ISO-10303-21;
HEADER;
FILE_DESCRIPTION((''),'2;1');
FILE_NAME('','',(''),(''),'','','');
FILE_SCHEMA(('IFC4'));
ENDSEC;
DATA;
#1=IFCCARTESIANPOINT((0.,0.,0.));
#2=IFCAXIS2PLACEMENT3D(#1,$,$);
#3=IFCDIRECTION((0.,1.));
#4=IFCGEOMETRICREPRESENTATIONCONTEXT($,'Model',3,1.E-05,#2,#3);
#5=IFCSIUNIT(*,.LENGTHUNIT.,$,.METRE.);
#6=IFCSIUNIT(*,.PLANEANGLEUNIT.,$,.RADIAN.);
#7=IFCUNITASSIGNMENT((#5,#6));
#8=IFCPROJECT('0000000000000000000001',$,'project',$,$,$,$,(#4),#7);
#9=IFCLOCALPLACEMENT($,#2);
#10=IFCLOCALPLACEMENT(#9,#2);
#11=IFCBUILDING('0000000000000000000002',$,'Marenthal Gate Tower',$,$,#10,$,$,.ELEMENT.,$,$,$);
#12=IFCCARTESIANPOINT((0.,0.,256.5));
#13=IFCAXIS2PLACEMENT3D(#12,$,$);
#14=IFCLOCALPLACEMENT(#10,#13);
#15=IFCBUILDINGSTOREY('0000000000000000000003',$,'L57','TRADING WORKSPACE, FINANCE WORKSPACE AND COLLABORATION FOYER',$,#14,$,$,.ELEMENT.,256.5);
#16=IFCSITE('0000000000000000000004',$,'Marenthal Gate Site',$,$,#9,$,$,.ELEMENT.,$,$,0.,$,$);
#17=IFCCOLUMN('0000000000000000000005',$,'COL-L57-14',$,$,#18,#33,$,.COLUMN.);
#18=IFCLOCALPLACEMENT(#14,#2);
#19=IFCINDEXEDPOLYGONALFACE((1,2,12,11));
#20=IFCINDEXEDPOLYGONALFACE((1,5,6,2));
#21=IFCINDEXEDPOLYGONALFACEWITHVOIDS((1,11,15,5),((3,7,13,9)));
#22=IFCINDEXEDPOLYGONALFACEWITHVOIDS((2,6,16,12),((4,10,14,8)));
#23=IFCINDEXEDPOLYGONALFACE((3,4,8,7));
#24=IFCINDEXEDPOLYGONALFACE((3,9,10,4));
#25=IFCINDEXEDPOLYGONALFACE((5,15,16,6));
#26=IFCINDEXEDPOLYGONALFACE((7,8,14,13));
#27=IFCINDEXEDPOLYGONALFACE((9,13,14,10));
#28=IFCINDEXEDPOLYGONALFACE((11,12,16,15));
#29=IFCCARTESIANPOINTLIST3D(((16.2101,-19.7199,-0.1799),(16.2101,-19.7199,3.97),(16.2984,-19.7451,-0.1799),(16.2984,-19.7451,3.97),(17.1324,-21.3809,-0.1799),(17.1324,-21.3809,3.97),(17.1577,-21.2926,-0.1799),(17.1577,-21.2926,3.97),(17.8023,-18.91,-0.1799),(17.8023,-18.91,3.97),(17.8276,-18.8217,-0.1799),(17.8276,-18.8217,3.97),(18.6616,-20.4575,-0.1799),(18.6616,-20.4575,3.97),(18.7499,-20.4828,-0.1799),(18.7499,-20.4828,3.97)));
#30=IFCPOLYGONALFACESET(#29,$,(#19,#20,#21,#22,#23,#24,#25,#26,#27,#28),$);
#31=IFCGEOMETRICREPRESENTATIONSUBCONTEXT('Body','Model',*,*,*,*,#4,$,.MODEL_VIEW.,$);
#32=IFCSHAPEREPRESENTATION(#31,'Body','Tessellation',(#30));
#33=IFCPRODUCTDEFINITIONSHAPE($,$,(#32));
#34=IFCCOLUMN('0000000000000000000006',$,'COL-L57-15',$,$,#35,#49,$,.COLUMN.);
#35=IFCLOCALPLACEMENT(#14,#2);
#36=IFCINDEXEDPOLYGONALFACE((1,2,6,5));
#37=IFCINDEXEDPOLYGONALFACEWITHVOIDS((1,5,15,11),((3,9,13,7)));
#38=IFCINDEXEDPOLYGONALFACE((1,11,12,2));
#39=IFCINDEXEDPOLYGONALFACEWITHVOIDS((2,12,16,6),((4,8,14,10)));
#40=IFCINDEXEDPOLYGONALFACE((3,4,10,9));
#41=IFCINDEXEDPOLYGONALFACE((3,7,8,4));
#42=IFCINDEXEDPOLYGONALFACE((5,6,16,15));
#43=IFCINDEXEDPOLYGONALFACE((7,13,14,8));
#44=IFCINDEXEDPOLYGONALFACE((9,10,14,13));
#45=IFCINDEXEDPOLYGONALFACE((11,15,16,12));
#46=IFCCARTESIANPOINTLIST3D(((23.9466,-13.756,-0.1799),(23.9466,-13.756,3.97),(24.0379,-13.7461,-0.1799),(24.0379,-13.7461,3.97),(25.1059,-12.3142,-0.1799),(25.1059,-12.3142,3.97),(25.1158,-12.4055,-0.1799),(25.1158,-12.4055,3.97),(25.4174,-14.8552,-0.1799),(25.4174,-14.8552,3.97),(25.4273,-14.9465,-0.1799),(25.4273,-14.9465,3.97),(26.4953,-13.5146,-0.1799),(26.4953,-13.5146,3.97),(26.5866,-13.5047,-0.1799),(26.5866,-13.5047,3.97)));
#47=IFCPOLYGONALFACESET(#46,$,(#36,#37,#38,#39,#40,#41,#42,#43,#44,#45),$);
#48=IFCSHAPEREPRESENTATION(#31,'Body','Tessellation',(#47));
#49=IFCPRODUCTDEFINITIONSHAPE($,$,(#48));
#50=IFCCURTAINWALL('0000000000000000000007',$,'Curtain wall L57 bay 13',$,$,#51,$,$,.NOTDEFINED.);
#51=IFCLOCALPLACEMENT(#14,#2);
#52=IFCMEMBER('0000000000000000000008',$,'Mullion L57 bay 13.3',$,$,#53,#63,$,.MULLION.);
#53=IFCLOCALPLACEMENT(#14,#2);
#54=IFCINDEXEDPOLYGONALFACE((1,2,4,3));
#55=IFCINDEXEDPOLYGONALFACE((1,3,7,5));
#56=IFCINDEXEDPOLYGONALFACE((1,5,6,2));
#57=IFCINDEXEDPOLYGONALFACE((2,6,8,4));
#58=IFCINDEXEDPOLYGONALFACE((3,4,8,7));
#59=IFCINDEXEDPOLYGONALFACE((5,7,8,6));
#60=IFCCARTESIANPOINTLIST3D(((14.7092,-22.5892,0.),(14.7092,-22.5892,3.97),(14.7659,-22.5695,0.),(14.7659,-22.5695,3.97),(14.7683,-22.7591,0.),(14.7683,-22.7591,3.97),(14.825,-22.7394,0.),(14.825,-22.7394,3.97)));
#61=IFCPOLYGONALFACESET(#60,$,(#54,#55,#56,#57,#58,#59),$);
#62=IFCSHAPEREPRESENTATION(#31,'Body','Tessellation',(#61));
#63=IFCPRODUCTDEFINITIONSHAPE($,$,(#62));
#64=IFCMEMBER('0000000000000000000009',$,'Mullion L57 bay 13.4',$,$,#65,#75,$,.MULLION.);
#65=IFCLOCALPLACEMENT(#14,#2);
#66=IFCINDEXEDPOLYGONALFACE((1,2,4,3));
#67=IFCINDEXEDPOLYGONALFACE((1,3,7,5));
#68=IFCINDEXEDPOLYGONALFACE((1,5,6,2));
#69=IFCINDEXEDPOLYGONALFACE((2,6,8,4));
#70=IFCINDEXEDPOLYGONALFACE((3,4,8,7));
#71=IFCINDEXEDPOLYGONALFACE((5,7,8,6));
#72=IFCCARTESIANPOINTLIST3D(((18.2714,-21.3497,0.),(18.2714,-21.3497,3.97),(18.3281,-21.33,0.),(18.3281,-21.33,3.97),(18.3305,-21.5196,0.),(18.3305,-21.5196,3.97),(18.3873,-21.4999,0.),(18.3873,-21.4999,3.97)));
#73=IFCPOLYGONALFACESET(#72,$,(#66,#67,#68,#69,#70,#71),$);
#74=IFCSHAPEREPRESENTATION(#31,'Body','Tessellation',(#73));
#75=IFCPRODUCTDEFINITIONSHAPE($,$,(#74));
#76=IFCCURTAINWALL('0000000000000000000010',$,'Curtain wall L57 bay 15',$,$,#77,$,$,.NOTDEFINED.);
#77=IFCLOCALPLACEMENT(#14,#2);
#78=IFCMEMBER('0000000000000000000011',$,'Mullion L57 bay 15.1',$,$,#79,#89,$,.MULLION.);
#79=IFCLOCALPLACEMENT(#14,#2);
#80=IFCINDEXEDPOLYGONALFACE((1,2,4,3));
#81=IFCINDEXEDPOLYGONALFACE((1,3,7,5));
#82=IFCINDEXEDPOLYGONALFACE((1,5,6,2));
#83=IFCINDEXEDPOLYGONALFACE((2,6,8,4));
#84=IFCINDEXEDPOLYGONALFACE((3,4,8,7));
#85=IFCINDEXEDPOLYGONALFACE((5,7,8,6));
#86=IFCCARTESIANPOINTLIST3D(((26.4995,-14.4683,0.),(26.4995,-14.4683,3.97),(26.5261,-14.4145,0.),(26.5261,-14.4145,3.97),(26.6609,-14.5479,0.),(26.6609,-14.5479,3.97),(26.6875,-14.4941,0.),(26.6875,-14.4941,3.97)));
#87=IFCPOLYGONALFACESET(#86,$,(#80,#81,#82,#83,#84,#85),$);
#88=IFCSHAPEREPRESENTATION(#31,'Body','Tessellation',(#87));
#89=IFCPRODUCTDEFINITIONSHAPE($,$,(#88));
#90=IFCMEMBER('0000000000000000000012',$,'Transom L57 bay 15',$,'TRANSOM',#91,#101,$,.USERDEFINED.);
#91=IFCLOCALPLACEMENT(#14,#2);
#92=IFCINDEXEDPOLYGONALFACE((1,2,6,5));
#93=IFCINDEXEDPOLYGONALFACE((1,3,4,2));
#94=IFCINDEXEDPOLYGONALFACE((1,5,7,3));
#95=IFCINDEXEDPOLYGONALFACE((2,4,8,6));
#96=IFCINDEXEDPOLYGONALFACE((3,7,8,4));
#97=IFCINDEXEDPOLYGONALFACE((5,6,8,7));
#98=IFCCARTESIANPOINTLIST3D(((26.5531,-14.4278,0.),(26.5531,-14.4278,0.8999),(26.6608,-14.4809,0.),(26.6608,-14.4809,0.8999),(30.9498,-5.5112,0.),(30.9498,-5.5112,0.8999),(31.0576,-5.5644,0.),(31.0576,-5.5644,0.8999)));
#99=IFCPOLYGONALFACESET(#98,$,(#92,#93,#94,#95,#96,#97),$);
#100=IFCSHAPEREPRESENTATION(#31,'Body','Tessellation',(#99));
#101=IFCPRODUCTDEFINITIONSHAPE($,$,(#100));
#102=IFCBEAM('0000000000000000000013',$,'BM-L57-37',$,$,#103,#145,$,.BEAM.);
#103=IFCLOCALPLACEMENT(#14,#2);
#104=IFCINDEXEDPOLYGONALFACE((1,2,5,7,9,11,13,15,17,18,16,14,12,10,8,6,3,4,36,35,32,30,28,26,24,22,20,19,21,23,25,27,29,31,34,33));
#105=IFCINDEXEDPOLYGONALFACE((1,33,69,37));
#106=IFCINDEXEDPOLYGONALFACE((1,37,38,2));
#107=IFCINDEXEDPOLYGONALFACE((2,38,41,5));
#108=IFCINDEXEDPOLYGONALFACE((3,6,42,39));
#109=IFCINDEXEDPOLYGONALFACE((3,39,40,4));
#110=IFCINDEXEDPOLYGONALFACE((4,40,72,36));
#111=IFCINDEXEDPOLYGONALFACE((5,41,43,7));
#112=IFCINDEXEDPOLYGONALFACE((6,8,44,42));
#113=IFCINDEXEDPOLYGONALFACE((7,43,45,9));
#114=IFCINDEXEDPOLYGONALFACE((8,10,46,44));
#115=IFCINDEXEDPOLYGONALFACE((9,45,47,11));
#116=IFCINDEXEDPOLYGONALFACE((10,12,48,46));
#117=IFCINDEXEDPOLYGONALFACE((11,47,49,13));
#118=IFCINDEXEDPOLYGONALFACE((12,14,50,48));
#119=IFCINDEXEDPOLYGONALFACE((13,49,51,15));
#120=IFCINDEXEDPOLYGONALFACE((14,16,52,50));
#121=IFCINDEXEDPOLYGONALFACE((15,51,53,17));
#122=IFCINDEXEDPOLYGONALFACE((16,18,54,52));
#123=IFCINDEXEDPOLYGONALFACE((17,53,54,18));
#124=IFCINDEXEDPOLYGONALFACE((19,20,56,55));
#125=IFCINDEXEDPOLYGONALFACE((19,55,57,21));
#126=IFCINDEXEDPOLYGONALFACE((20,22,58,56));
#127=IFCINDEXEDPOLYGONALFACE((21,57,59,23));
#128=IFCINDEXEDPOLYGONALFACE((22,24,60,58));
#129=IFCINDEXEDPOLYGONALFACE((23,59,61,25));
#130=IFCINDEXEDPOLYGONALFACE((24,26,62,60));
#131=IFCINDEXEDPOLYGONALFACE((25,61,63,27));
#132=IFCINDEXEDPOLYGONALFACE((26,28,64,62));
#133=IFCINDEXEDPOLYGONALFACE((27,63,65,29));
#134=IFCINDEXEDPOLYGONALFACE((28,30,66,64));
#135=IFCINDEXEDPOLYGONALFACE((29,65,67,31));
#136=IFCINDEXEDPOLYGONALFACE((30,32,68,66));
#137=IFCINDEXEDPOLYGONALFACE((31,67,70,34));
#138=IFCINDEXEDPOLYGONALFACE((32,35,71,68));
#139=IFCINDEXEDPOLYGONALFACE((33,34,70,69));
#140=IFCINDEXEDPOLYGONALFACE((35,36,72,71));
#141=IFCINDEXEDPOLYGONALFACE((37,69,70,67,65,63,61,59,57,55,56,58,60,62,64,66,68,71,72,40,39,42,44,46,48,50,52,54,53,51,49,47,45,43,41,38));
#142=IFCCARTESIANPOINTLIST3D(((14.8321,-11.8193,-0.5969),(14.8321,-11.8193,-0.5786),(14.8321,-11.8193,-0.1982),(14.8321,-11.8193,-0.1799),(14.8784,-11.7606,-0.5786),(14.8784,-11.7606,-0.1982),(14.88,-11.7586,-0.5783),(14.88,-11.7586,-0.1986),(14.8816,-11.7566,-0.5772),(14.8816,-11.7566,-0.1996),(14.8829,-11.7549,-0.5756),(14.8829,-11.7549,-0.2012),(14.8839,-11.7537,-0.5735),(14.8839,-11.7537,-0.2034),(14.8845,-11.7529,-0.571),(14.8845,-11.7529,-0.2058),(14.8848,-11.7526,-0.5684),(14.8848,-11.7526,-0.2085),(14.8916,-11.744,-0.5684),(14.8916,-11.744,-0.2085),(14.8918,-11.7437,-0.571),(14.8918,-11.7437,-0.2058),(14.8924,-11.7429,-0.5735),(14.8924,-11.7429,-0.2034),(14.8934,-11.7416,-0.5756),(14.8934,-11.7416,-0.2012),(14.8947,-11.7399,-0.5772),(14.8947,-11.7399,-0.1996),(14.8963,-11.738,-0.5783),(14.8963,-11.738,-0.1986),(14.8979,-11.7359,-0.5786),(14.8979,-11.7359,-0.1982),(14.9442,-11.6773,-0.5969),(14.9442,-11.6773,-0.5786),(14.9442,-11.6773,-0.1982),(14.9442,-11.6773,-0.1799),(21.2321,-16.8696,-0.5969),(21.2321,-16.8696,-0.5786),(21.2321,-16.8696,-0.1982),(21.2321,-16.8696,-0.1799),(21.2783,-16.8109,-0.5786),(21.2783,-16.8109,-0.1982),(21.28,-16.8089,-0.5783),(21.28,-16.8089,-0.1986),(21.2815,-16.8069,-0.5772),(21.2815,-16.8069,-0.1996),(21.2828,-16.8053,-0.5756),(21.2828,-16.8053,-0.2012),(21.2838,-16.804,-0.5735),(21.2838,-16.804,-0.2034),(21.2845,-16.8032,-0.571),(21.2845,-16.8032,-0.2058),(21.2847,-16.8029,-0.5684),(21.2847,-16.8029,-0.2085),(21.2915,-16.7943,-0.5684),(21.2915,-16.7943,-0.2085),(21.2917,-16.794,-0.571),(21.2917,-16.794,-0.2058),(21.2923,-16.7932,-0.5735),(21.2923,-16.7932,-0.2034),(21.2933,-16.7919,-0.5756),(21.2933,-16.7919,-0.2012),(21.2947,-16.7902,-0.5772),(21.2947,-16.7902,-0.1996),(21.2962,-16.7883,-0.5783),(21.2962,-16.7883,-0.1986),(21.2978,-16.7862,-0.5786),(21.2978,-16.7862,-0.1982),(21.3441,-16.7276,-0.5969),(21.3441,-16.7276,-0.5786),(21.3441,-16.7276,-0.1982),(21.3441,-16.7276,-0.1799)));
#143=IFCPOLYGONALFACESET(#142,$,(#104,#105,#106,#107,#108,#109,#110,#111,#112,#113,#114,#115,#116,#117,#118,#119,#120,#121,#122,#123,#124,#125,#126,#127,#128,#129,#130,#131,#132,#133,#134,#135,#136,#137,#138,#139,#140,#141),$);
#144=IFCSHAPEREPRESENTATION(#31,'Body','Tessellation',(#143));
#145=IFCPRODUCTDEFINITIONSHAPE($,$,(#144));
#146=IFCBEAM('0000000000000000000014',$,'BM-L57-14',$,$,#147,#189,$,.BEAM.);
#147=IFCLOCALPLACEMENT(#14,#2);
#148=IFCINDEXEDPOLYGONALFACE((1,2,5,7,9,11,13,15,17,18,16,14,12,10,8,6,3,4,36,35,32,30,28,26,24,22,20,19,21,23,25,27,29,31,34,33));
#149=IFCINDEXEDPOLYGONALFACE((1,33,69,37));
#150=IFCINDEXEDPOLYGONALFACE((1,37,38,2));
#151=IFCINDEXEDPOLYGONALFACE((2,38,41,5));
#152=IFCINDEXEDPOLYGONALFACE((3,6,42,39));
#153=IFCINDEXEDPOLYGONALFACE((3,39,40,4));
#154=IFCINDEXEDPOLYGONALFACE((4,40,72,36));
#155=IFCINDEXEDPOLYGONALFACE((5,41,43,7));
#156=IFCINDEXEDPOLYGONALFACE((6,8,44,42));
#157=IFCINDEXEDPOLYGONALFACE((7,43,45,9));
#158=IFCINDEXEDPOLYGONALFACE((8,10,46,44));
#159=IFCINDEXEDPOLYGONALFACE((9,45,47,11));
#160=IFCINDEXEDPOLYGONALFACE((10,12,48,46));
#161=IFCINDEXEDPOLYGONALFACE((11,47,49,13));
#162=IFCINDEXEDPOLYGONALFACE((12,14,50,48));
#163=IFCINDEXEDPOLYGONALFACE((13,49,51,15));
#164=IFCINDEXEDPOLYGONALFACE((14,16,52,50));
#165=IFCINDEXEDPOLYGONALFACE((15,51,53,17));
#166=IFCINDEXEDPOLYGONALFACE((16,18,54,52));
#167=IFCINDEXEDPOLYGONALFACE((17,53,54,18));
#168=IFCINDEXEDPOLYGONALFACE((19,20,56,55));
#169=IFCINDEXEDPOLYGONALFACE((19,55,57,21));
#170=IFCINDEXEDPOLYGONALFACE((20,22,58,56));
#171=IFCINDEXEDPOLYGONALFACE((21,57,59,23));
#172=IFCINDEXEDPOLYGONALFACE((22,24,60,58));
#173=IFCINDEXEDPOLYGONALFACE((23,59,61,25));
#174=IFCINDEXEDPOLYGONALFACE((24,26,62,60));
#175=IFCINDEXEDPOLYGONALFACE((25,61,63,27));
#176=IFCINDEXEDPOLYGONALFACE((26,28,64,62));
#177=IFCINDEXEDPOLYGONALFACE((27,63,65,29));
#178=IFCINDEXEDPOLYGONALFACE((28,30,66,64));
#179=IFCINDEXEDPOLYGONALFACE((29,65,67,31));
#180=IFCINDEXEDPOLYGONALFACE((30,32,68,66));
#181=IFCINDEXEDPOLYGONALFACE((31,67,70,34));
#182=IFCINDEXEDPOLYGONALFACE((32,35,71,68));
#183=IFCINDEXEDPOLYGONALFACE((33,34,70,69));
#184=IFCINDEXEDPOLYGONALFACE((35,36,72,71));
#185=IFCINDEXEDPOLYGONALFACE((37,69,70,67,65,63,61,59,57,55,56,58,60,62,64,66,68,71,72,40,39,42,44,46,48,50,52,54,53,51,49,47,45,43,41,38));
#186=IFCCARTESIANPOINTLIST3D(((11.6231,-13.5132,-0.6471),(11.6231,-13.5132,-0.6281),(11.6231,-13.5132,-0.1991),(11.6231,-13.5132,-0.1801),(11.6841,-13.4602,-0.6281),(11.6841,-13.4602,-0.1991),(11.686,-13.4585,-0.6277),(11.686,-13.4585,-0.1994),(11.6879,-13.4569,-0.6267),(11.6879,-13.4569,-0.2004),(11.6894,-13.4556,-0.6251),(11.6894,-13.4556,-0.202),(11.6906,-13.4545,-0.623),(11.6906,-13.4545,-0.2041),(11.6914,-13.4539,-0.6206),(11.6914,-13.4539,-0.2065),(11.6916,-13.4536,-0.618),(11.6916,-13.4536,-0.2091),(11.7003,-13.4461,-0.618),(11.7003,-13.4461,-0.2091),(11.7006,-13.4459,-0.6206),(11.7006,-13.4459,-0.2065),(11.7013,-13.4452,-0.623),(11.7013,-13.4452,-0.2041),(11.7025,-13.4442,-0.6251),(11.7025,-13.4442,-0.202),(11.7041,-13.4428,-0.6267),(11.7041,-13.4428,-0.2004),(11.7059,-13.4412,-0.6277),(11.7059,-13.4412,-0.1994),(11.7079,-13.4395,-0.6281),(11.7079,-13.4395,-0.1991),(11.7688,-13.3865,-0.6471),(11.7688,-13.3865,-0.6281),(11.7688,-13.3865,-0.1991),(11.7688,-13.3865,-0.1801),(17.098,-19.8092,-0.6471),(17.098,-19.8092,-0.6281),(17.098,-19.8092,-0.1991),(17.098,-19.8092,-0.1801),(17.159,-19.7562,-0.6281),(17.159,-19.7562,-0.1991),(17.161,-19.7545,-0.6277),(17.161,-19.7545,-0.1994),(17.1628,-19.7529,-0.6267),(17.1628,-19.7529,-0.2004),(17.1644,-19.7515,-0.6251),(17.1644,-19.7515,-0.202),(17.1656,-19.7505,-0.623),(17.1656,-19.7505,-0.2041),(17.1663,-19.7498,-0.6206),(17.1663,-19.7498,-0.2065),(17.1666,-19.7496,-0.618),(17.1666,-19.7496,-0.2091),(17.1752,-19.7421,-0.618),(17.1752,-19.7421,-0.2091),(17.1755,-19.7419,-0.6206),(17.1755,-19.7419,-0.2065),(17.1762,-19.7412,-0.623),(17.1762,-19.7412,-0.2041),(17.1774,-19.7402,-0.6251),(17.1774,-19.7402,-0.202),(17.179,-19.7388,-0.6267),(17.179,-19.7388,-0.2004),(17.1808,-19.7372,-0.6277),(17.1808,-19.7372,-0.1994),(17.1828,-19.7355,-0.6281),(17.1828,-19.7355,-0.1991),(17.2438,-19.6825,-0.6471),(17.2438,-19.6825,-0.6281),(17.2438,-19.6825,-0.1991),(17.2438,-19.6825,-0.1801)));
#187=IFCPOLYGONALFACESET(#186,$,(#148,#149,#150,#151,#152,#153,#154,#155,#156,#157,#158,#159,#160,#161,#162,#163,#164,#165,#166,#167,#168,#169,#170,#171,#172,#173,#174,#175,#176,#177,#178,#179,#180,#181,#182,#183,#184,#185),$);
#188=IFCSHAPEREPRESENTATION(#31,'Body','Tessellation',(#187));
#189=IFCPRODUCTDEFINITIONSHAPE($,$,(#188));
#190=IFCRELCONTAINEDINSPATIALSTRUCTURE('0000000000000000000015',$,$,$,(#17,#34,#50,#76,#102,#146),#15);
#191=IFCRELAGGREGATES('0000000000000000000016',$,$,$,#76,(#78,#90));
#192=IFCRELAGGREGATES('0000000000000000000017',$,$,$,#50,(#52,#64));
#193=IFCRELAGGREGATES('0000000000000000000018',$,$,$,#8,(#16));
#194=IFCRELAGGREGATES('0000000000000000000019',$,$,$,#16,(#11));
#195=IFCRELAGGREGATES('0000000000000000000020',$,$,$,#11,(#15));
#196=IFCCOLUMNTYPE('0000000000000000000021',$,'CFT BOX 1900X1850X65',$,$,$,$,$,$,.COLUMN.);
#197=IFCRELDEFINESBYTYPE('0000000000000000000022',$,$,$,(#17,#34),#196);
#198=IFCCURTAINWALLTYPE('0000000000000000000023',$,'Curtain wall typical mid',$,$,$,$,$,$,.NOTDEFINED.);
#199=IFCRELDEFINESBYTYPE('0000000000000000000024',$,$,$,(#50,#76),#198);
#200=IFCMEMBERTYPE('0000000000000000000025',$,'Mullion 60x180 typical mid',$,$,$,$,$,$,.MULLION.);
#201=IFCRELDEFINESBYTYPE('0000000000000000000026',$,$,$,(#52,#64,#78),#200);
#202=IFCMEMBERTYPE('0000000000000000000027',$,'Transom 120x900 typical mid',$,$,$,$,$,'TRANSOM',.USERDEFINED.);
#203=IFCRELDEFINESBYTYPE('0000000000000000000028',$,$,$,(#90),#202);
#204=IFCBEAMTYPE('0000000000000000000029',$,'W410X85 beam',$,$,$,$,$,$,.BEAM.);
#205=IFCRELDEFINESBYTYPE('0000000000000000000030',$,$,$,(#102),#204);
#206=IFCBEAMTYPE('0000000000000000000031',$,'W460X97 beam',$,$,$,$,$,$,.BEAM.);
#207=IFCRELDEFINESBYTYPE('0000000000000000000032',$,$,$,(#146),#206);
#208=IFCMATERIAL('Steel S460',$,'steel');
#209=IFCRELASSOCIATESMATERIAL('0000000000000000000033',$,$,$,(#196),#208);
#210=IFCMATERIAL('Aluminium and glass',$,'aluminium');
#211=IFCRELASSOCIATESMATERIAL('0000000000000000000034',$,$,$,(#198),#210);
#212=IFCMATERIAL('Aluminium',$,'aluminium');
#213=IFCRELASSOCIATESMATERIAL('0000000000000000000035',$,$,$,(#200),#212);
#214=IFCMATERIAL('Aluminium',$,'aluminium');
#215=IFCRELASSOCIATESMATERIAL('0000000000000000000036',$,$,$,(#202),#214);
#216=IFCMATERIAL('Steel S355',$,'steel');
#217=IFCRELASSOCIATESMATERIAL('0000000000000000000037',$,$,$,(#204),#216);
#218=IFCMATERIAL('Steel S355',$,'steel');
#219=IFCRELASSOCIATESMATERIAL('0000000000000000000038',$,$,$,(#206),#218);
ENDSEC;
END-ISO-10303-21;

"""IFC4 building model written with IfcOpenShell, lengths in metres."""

from ifc_helpers import new_model, si_unit, direction, frame, origin, origin_2d, place, context, subcontext, project, spatial, rectangle, hollow_rectangle, i_section, extrude, material, material_profile, profile_set, type_object, element, aggregate, save


model = new_model("IFC4")

# Units and contexts
model_context = context("Model", 3, precision=1e-05, world=origin(), true_north=direction((0.0, 1.0)))
body_context = subcontext(model_context, "Body", "Model", "MODEL_VIEW")
ifc_project = project(units=[si_unit("LENGTHUNIT", "METRE"), si_unit("PLANEANGLEUNIT", "RADIAN")], contexts=[model_context])

# Site, building, storey
site_placement = place(None, origin())
site = spatial("IfcSite", under=ifc_project, at=site_placement, Name="Marenthal Gate Site", CompositionType="ELEMENT", RefElevation=0.0)
building_placement = place(site_placement, origin())
building = spatial("IfcBuilding", under=site, at=building_placement, Name="Marenthal Gate Tower", CompositionType="ELEMENT")
storey_placement = place(building_placement, frame((0.0, 0.0, 256.5)))
storey = spatial("IfcBuildingStorey", under=building, at=storey_placement, Name="L57", Description="TRADING WORKSPACE, FINANCE WORKSPACE AND COLLABORATION FOYER", CompositionType="ELEMENT", Elevation=256.5)

# Columns
ifc_material_1 = material(Name="Steel S460", Category="steel")
ifc_material_profile_1 = material_profile(ifc_material_1, hollow_rectangle(XDim=1.8501, YDim=1.8999, WallThickness=0.0649, at=origin_2d()), Name="CFT BOX 1900X1850X65")
ifc_material_2 = material(Name="Concrete 70 MPa", Category="concrete")
ifc_material_profile_2 = material_profile(ifc_material_2, rectangle(XDim=1.72, YDim=1.77, at=origin_2d()), Name="CFT BOX 1900X1850X65 INFILL")
ifc_profile_set_1 = profile_set([ifc_material_profile_1, ifc_material_profile_2], Name="Steel S460 shell, Concrete 70 MPa infill")
column_type = type_object("IfcColumnType", Name="CFT BOX 1900X1850X65", PredefinedType="COLUMN", material=ifc_profile_set_1)
for number, where, z_axis, x_axis, name in (
    (1, (17.48, -20.1013, -0.1799), (0.0, 0.0, 1.0), (-0.874262, -0.485454, 0.0), "COL-L57-14"),
    (2, (25.2666, -13.6304, -0.1799), (0.0, 0.0, 1.0), (-0.626615, -0.779329, 0.0), "COL-L57-15"),
):
    element("IfcColumn", number, at=place(storey_placement, frame(where, z_axis=z_axis, x_axis=x_axis)), inside=storey, type_object=column_type, Name=name, PredefinedType="COLUMN", context=body_context, shape_type="SweptSolid", body=[
        extrude(hollow_rectangle(XDim=1.8501, YDim=1.8999, WallThickness=0.0649, at=origin_2d()), origin(), (0.0, 0.0, 1.0), 4.1499),
    ])

# Curtain walls, members
ifc_material_3 = material(Name="Aluminium and glass", Category="aluminium")
curtain_wall_type = type_object("IfcCurtainWallType", Name="Curtain wall typical mid", PredefinedType="NOTDEFINED", material=ifc_material_3)
curtain_wall_1_placement = place(storey_placement, origin())
curtain_wall_1 = element("IfcCurtainWall", 3, at=curtain_wall_1_placement, inside=storey, type_object=curtain_wall_type, Name="Curtain wall L57 bay 13", PredefinedType="NOTDEFINED")
ifc_material_4 = material(Name="Aluminium", Category="aluminium")
ifc_material_profile_3 = material_profile(ifc_material_4, rectangle(XDim=0.1799, YDim=0.0601, at=origin_2d()), Name="60x180 aluminium mullion")
ifc_profile_set_2 = profile_set([ifc_material_profile_3], Name="Aluminium")
member_type_1 = type_object("IfcMemberType", Name="Mullion 60x180 typical mid", PredefinedType="MULLION", material=ifc_profile_set_2)
member_1_placement = place(storey_placement, frame((14.7671, -22.6643, 0.0), z_axis=(0.0, 0.0, 1.0), x_axis=(-0.328612, 0.944465, 0.0)))
member_1 = element("IfcMember", 4, at=member_1_placement, type_object=member_type_1, Name="Mullion L57 bay 13.3", PredefinedType="MULLION", context=body_context, shape_type="SweptSolid", body=[
    extrude(rectangle(XDim=0.1799, YDim=0.0601, at=origin_2d()), origin(), (0.0, 0.0, 1.0), 3.97),
])
member_2_placement = place(storey_placement, frame((18.3293, -21.4248, 0.0), z_axis=(0.0, 0.0, 1.0), x_axis=(-0.328612, 0.944465, 0.0)))
member_2 = element("IfcMember", 5, at=member_2_placement, type_object=member_type_1, Name="Mullion L57 bay 13.4", PredefinedType="MULLION", context=body_context, shape_type="SweptSolid", body=[
    extrude(rectangle(XDim=0.1799, YDim=0.0601, at=origin_2d()), origin(), (0.0, 0.0, 1.0), 3.97),
])
curtain_wall_2_placement = place(storey_placement, origin())
curtain_wall_2 = element("IfcCurtainWall", 6, at=curtain_wall_2_placement, inside=storey, type_object=curtain_wall_type, Name="Curtain wall L57 bay 15", PredefinedType="NOTDEFINED")
member_3_placement = place(storey_placement, frame((26.5935, -14.4812, 0.0), z_axis=(0.0, 0.0, 1.0), x_axis=(-0.896882, 0.442269, 0.0)))
member_3 = element("IfcMember", 7, at=member_3_placement, type_object=member_type_1, Name="Mullion L57 bay 15.1", PredefinedType="MULLION", context=body_context, shape_type="SweptSolid", body=[
    extrude(rectangle(XDim=0.1799, YDim=0.0601, at=origin_2d()), origin(), (0.0, 0.0, 1.0), 3.97),
])
ifc_material_5 = material(Name="Aluminium", Category="aluminium")
ifc_material_profile_4 = material_profile(ifc_material_5, rectangle(XDim=0.1201, YDim=0.8999, at=origin_2d()), Name="120x900 aluminium transom")
ifc_profile_set_3 = profile_set([ifc_material_profile_4], Name="Aluminium")
member_type_2 = type_object("IfcMemberType", Name="Transom 120x900 typical mid", ElementType="TRANSOM", PredefinedType="USERDEFINED", material=ifc_profile_set_3)
member_4_placement = place(storey_placement, frame((26.6069, -14.4543, 0.45), z_axis=(0.442256, 0.896889, 0.0), x_axis=(-0.896889, 0.442256, 0.0)))
member_4 = element("IfcMember", 8, at=member_4_placement, type_object=member_type_2, Name="Transom L57 bay 15", ObjectType="TRANSOM", PredefinedType="USERDEFINED", context=body_context, shape_type="SweptSolid", body=[
    extrude(rectangle(XDim=0.1201, YDim=0.8999, at=origin_2d()), origin(), (0.0, 0.0, 1.0), 9.9417),
])
aggregate(curtain_wall_2, [member_3, member_4])

# Beams
ifc_material_6 = material(Name="Steel S355", Category="steel")
ifc_material_profile_5 = material_profile(ifc_material_6, i_section(OverallWidth=0.1809, OverallDepth=0.417, WebThickness=0.011, FlangeThickness=0.0183, FilletRadius=0.0103, at=origin_2d()), Name="W410X85")
ifc_profile_set_4 = profile_set([ifc_material_profile_5], Name="Steel S355")
beam_type_1 = type_object("IfcBeamType", Name="W410X85 beam", PredefinedType="BEAM", material=ifc_profile_set_4)
beam_1_placement = place(storey_placement, frame((21.2881, -16.7986, -0.3884), z_axis=(-0.785018, 0.619473, 0.0), x_axis=(-0.619473, -0.785018, 0.0)))
element("IfcBeam", 9, at=beam_1_placement, inside=storey, type_object=beam_type_1, Name="BM-L57-37", PredefinedType="BEAM", context=body_context, shape_type="SweptSolid", body=[
    extrude(i_section(OverallWidth=0.1809, OverallDepth=0.417, WebThickness=0.011, FlangeThickness=0.0183, FilletRadius=0.0103, at=origin_2d()), origin(), (0.0, 0.0, 1.0), 8.1526),
])
ifc_material_7 = material(Name="Steel S355", Category="steel")
ifc_material_profile_6 = material_profile(ifc_material_7, i_section(OverallWidth=0.1931, OverallDepth=0.467, WebThickness=0.0115, FlangeThickness=0.019, FilletRadius=0.01, at=origin_2d()), Name="W460X97")
ifc_profile_set_5 = profile_set([ifc_material_profile_6], Name="Steel S355")
beam_type_2 = type_object("IfcBeamType", Name="W460X97 beam", PredefinedType="BEAM", material=ifc_profile_set_5)
beam_2_placement = place(storey_placement, frame((17.1709, -19.7458, -0.4136), z_axis=(-0.65619, 0.754596, 0.0), x_axis=(-0.754596, -0.65619, 0.0)))
element("IfcBeam", 10, at=beam_2_placement, inside=storey, type_object=beam_type_2, Name="BM-L57-14", PredefinedType="BEAM", context=body_context, shape_type="SweptSolid", body=[
    extrude(i_section(OverallWidth=0.1931, OverallDepth=0.467, WebThickness=0.0115, FlangeThickness=0.019, FilletRadius=0.01, at=origin_2d()), origin(), (0.0, 0.0, 1.0), 8.3435),
])

aggregate(curtain_wall_1, [member_1, member_2])

save(model, "model.ifc")
